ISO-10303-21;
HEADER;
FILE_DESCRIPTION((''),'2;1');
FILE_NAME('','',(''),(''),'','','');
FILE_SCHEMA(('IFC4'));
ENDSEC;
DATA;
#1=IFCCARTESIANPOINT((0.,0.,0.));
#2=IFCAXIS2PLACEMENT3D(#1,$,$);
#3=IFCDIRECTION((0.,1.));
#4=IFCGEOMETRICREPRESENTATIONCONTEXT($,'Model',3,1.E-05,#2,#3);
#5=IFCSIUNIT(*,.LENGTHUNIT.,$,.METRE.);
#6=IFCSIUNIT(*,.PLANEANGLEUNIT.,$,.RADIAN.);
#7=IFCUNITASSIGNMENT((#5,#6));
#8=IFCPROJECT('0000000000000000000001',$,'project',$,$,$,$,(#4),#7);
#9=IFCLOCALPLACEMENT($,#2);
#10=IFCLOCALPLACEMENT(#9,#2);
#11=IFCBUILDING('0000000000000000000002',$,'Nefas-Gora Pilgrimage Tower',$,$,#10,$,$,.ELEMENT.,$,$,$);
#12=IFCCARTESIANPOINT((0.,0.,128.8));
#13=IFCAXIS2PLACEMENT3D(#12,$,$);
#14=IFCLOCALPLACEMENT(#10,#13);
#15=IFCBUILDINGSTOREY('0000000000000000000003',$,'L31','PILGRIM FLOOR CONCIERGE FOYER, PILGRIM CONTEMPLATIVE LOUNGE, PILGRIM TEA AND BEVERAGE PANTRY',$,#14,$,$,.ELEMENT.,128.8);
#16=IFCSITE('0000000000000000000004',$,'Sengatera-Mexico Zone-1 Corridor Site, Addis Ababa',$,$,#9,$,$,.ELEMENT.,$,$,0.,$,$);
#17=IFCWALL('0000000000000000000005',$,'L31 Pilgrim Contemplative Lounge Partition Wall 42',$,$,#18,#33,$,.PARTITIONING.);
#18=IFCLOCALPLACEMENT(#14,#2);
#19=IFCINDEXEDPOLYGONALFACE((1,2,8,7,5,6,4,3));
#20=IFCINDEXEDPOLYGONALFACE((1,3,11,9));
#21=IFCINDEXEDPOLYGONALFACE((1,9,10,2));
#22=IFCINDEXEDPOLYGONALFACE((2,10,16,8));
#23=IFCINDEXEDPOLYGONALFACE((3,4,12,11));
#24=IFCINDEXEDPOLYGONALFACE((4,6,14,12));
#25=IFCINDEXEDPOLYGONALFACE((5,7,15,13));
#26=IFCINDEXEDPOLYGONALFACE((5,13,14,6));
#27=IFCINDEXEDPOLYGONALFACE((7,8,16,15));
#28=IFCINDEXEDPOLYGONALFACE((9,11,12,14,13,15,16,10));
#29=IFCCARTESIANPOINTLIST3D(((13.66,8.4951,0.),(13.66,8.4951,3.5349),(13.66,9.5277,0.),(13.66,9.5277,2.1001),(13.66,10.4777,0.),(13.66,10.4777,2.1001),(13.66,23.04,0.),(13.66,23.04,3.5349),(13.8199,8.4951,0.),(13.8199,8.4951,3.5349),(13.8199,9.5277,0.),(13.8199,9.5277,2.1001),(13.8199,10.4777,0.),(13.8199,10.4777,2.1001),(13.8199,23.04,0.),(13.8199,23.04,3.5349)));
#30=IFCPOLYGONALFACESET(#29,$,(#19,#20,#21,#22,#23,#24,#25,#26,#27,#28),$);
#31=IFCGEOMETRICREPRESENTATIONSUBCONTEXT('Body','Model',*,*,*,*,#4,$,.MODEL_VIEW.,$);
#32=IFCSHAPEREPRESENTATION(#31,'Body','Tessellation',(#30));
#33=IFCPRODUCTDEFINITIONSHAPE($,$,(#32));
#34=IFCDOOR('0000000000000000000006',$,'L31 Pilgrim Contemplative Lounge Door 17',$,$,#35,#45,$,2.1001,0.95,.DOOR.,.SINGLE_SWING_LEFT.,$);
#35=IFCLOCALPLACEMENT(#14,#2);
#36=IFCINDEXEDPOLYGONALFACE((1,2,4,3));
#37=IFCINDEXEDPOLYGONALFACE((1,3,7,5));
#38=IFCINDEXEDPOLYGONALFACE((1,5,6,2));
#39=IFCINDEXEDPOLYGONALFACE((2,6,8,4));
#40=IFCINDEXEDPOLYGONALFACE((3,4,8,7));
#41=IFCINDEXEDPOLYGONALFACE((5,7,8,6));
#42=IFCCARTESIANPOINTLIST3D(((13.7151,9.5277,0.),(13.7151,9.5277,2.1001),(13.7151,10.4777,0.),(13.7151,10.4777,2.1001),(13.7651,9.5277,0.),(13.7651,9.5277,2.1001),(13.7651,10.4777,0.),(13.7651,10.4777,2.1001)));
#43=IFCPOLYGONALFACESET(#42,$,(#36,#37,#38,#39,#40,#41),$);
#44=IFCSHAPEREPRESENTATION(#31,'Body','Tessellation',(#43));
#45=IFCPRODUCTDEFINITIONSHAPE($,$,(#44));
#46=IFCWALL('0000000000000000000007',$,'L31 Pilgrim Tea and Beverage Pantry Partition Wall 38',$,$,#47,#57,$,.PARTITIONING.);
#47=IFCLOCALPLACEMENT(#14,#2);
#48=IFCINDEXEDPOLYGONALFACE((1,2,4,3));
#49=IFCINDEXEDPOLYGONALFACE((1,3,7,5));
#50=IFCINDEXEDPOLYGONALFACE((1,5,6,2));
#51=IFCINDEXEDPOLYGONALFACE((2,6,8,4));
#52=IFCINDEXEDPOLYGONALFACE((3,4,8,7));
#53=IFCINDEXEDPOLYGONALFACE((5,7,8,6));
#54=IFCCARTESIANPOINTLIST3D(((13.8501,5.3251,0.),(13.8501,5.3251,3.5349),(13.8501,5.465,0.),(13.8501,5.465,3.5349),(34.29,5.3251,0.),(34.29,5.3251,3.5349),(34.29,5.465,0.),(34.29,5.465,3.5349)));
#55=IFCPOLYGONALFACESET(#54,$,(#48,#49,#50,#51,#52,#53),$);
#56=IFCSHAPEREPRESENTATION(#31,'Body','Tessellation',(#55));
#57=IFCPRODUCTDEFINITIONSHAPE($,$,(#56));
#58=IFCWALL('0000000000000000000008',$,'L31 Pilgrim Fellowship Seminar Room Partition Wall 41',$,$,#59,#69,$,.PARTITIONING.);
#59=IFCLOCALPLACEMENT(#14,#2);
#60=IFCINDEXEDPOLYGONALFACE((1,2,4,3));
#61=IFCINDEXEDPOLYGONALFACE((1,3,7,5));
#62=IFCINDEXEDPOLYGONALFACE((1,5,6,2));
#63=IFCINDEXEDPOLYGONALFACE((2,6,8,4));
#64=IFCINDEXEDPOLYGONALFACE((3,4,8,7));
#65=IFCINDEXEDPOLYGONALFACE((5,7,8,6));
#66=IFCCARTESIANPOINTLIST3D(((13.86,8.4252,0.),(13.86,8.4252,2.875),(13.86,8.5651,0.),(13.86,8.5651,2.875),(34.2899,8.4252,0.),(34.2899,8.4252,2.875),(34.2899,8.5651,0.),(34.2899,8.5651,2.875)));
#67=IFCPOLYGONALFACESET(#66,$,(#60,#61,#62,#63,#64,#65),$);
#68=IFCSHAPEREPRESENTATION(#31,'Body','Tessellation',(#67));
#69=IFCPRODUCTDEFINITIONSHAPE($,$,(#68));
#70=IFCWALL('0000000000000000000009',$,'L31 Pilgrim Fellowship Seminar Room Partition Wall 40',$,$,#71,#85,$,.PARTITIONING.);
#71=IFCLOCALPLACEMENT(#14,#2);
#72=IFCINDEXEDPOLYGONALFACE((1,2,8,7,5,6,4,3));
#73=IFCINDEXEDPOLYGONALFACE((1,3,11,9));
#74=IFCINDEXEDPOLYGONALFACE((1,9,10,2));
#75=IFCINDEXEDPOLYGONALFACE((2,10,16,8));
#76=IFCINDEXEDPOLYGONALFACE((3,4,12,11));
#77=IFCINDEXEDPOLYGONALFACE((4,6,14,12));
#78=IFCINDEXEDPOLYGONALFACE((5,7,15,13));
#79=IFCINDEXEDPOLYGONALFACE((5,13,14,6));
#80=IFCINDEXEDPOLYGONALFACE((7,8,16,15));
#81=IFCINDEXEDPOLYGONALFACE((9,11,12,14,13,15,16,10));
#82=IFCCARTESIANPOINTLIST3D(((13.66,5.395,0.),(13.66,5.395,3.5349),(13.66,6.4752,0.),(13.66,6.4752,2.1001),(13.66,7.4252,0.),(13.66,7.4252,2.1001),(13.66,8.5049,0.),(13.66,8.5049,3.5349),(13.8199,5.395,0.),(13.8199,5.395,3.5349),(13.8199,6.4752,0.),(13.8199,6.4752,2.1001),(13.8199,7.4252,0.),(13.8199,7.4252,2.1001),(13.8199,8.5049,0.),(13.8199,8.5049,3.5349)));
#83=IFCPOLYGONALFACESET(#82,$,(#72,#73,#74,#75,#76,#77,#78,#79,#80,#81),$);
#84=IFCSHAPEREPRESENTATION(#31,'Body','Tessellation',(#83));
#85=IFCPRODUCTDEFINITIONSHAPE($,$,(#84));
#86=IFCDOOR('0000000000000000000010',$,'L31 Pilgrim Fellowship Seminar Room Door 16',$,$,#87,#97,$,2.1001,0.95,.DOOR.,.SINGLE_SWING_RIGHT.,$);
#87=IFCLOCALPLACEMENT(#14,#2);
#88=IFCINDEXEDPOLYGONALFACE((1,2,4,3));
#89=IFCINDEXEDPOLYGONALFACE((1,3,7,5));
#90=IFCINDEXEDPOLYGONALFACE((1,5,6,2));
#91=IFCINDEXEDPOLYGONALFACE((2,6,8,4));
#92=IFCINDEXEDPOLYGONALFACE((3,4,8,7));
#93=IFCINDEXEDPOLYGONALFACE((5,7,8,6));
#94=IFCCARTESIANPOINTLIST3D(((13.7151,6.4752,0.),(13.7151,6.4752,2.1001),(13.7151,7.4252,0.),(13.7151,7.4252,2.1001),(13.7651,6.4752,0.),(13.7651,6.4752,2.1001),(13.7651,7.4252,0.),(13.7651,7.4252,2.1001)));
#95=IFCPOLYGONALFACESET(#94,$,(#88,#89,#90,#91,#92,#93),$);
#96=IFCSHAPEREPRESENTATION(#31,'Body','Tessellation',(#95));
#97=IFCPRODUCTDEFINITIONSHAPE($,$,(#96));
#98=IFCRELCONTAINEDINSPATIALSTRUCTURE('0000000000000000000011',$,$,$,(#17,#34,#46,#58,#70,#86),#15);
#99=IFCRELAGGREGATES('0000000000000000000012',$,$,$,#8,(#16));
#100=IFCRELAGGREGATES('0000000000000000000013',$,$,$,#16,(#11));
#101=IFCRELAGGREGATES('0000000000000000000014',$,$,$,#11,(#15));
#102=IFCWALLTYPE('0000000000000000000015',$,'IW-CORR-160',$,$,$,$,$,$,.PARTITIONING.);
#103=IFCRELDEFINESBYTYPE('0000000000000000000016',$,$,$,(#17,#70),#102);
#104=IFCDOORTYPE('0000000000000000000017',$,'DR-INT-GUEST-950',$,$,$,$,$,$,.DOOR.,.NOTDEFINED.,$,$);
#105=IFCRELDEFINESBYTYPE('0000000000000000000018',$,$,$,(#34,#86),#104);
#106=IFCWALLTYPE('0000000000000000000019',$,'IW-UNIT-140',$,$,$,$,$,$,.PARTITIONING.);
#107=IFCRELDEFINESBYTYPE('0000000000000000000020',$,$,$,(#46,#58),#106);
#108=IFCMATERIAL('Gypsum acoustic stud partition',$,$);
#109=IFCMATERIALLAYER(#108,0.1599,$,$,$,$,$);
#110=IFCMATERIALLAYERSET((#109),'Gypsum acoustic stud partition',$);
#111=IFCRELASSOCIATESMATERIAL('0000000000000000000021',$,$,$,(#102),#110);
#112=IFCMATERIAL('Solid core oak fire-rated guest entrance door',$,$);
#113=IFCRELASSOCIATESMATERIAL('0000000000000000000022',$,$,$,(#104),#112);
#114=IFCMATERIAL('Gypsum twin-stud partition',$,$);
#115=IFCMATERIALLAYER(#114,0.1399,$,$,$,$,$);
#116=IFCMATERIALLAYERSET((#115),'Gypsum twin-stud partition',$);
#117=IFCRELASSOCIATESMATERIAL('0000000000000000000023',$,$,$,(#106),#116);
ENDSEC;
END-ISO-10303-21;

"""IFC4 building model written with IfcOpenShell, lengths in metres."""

from ifc_helpers import new_model, si_unit, direction, frame, frame_2d, origin, place, context, subcontext, project, spatial, rectangle, extrude, source, transform, mapped, material, layer, layer_set, type_object, element, fill, save


model = new_model("IFC4")

# Units and contexts
model_context = context("Model", 3, precision=1e-05, world=origin(), true_north=direction((0.0, 1.0)))
body_context = subcontext(model_context, "Body", "Model", "MODEL_VIEW")
ifc_project = project(units=[si_unit("LENGTHUNIT", "METRE"), si_unit("PLANEANGLEUNIT", "RADIAN")], contexts=[model_context])

# Site, building, storey
site_placement = place(None, origin())
site = spatial("IfcSite", under=ifc_project, at=site_placement, Name="Sengatera-Mexico Zone-1 Corridor Site, Addis Ababa", CompositionType="ELEMENT", RefElevation=0.0)
building_placement = place(site_placement, origin())
building = spatial("IfcBuilding", under=site, at=building_placement, Name="Nefas-Gora Pilgrimage Tower", CompositionType="ELEMENT")
storey_placement = place(building_placement, frame((0.0, 0.0, 128.8)))
storey = spatial("IfcBuildingStorey", under=building, at=storey_placement, Name="L31", Description="PILGRIM FLOOR CONCIERGE FOYER, PILGRIM CONTEMPLATIVE LOUNGE, PILGRIM TEA AND BEVERAGE PANTRY", CompositionType="ELEMENT", Elevation=128.8)

# Wall, opening, door
ifc_material_1 = material(Name="Gypsum acoustic stud partition")
ifc_layer_1 = layer(ifc_material_1, 0.1599)
ifc_layer_set_1 = layer_set([ifc_layer_1], Name="Gypsum acoustic stud partition")
wall_type_1 = type_object("IfcWallType", Name="IW-CORR-160", PredefinedType="PARTITIONING", material=ifc_layer_set_1)
shared_shape_1 = source(origin(), body_context, "Body", "SweptSolid", [
    extrude(rectangle(XDim=14.5449, YDim=0.1599, at=frame_2d((7.2725, 0.0))), origin(), (0.0, 0.0, 1.0), 3.5349),
])
wall_1_placement = place(storey_placement, frame((13.74, 8.4951, 0.0), z_axis=(0.0, 0.0, 1.0), x_axis=(0.0, 1.0, 0.0)))
wall_1 = element("IfcWall", 1, at=wall_1_placement, inside=storey, type_object=wall_type_1, Name="L31 Pilgrim Contemplative Lounge Partition Wall 42", PredefinedType="PARTITIONING", context=body_context, shape_type="MappedRepresentation", body=[
    mapped(shared_shape_1, transform((0.0, 0.0, 0.0), x_axis=(1.0, 0.0, 0.0), y_axis=(0.0, 1.0, 0.0), z_axis=(0.0, 0.0, 1.0), scale=1.0)),
])
opening_1_placement = place(wall_1_placement, frame((1.0325, 0.0, 0.0)))
opening_1 = element("IfcOpeningElement", 2, at=opening_1_placement, cuts=wall_1, PredefinedType="OPENING", context=body_context, shape_type="SweptSolid", body=[
    extrude(rectangle(XDim=0.95, YDim=2.1001, at=frame_2d((0.4751, 1.05))), frame((0.0, 0.0898, 0.0), z_axis=(0.0, -1.0, 0.0), x_axis=(1.0, 0.0, 0.0)), (0.0, 0.0, 1.0), 0.1799),
])
ifc_material_2 = material(Name="Solid core oak fire-rated guest entrance door")
door_type_1 = type_object("IfcDoorType", Name="DR-INT-GUEST-950", OperationType="NOTDEFINED", PredefinedType="DOOR", material=ifc_material_2)
shared_shape_2 = source(origin(), body_context, "Body", "SweptSolid", [
    extrude(rectangle(XDim=0.95, YDim=2.1001, at=frame_2d((0.4751, 1.05))), frame((0.0, 0.0249, 0.0), z_axis=(0.0, -1.0, 0.0), x_axis=(1.0, 0.0, 0.0)), (0.0, 0.0, 1.0), 0.05),
])
door_1_placement = place(opening_1_placement, origin())
door_1 = element("IfcDoor", 3, at=door_1_placement, inside=storey, type_object=door_type_1, Name="L31 Pilgrim Contemplative Lounge Door 17", OperationType="SINGLE_SWING_LEFT", OverallHeight=2.1001, OverallWidth=0.95, PredefinedType="DOOR", context=body_context, shape_type="MappedRepresentation", body=[
    mapped(shared_shape_2, transform((0.0, 0.0, 0.0), x_axis=(1.0, 0.0, 0.0), y_axis=(0.0, 1.0, 0.0), z_axis=(0.0, 0.0, 1.0), scale=1.0)),
])
fill(opening_1, door_1)

# Walls
ifc_material_3 = material(Name="Gypsum twin-stud partition")
ifc_layer_2 = layer(ifc_material_3, 0.1399)
ifc_layer_set_2 = layer_set([ifc_layer_2], Name="Gypsum twin-stud partition")
wall_type_2 = type_object("IfcWallType", Name="IW-UNIT-140", PredefinedType="PARTITIONING", material=ifc_layer_set_2)
shared_shape_3 = source(origin(), body_context, "Body", "SweptSolid", [
    extrude(rectangle(XDim=20.4399, YDim=0.1399, at=frame_2d((10.22, 0.0))), origin(), (0.0, 0.0, 1.0), 3.5349),
])
wall_2_placement = place(storey_placement, frame((13.8501, 5.395, 0.0), z_axis=(0.0, 0.0, 1.0), x_axis=(1.0, 0.0, 0.0)))
element("IfcWall", 4, at=wall_2_placement, inside=storey, type_object=wall_type_2, Name="L31 Pilgrim Tea and Beverage Pantry Partition Wall 38", PredefinedType="PARTITIONING", context=body_context, shape_type="MappedRepresentation", body=[
    mapped(shared_shape_3, transform((0.0, 0.0, 0.0), x_axis=(1.0, 0.0, 0.0), y_axis=(0.0, 1.0, 0.0), z_axis=(0.0, 0.0, 1.0), scale=1.0)),
])
shared_shape_4 = source(origin(), body_context, "Body", "SweptSolid", [
    extrude(rectangle(XDim=20.4299, YDim=0.1399, at=frame_2d((10.2148, 0.0))), origin(), (0.0, 0.0, 1.0), 2.875),
])
wall_3_placement = place(storey_placement, frame((13.8601, 8.4951, 0.0), z_axis=(0.0, 0.0, 1.0), x_axis=(1.0, 0.0, 0.0)))
element("IfcWall", 5, at=wall_3_placement, inside=storey, type_object=wall_type_2, Name="L31 Pilgrim Fellowship Seminar Room Partition Wall 41", PredefinedType="PARTITIONING", context=body_context, shape_type="MappedRepresentation", body=[
    mapped(shared_shape_4, transform((0.0, 0.0, 0.0), x_axis=(1.0, 0.0, 0.0), y_axis=(0.0, 1.0, 0.0), z_axis=(0.0, 0.0, 1.0), scale=1.0)),
])

# Wall, opening, door
shared_shape_5 = source(origin(), body_context, "Body", "SweptSolid", [
    extrude(rectangle(XDim=3.1099, YDim=0.1599, at=frame_2d((1.5549, 0.0))), origin(), (0.0, 0.0, 1.0), 3.5349),
])
wall_4_placement = place(storey_placement, frame((13.74, 5.395, 0.0), z_axis=(0.0, 0.0, 1.0), x_axis=(0.0, 1.0, 0.0)))
wall_4 = element("IfcWall", 6, at=wall_4_placement, inside=storey, type_object=wall_type_1, Name="L31 Pilgrim Fellowship Seminar Room Partition Wall 40", PredefinedType="PARTITIONING", context=body_context, shape_type="MappedRepresentation", body=[
    mapped(shared_shape_5, transform((0.0, 0.0, 0.0), x_axis=(1.0, 0.0, 0.0), y_axis=(0.0, 1.0, 0.0), z_axis=(0.0, 0.0, 1.0), scale=1.0)),
])
opening_2_placement = place(wall_4_placement, frame((1.0801, 0.0, 0.0)))
opening_2 = element("IfcOpeningElement", 7, at=opening_2_placement, cuts=wall_4, PredefinedType="OPENING", context=body_context, shape_type="SweptSolid", body=[
    extrude(rectangle(XDim=0.95, YDim=2.1001, at=frame_2d((0.4751, 1.05))), frame((0.0, 0.0898, 0.0), z_axis=(0.0, -1.0, 0.0), x_axis=(1.0, 0.0, 0.0)), (0.0, 0.0, 1.0), 0.1799),
])
door_2_placement = place(opening_2_placement, origin())
door_2 = element("IfcDoor", 8, at=door_2_placement, inside=storey, type_object=door_type_1, Name="L31 Pilgrim Fellowship Seminar Room Door 16", OperationType="SINGLE_SWING_RIGHT", OverallHeight=2.1001, OverallWidth=0.95, PredefinedType="DOOR", context=body_context, shape_type="MappedRepresentation", body=[
    mapped(shared_shape_2, transform((0.0, 0.0, 0.0), x_axis=(1.0, 0.0, 0.0), y_axis=(0.0, 1.0, 0.0), z_axis=(0.0, 0.0, 1.0), scale=1.0)),
])
fill(opening_2, door_2)

save(model, "model.ifc")
